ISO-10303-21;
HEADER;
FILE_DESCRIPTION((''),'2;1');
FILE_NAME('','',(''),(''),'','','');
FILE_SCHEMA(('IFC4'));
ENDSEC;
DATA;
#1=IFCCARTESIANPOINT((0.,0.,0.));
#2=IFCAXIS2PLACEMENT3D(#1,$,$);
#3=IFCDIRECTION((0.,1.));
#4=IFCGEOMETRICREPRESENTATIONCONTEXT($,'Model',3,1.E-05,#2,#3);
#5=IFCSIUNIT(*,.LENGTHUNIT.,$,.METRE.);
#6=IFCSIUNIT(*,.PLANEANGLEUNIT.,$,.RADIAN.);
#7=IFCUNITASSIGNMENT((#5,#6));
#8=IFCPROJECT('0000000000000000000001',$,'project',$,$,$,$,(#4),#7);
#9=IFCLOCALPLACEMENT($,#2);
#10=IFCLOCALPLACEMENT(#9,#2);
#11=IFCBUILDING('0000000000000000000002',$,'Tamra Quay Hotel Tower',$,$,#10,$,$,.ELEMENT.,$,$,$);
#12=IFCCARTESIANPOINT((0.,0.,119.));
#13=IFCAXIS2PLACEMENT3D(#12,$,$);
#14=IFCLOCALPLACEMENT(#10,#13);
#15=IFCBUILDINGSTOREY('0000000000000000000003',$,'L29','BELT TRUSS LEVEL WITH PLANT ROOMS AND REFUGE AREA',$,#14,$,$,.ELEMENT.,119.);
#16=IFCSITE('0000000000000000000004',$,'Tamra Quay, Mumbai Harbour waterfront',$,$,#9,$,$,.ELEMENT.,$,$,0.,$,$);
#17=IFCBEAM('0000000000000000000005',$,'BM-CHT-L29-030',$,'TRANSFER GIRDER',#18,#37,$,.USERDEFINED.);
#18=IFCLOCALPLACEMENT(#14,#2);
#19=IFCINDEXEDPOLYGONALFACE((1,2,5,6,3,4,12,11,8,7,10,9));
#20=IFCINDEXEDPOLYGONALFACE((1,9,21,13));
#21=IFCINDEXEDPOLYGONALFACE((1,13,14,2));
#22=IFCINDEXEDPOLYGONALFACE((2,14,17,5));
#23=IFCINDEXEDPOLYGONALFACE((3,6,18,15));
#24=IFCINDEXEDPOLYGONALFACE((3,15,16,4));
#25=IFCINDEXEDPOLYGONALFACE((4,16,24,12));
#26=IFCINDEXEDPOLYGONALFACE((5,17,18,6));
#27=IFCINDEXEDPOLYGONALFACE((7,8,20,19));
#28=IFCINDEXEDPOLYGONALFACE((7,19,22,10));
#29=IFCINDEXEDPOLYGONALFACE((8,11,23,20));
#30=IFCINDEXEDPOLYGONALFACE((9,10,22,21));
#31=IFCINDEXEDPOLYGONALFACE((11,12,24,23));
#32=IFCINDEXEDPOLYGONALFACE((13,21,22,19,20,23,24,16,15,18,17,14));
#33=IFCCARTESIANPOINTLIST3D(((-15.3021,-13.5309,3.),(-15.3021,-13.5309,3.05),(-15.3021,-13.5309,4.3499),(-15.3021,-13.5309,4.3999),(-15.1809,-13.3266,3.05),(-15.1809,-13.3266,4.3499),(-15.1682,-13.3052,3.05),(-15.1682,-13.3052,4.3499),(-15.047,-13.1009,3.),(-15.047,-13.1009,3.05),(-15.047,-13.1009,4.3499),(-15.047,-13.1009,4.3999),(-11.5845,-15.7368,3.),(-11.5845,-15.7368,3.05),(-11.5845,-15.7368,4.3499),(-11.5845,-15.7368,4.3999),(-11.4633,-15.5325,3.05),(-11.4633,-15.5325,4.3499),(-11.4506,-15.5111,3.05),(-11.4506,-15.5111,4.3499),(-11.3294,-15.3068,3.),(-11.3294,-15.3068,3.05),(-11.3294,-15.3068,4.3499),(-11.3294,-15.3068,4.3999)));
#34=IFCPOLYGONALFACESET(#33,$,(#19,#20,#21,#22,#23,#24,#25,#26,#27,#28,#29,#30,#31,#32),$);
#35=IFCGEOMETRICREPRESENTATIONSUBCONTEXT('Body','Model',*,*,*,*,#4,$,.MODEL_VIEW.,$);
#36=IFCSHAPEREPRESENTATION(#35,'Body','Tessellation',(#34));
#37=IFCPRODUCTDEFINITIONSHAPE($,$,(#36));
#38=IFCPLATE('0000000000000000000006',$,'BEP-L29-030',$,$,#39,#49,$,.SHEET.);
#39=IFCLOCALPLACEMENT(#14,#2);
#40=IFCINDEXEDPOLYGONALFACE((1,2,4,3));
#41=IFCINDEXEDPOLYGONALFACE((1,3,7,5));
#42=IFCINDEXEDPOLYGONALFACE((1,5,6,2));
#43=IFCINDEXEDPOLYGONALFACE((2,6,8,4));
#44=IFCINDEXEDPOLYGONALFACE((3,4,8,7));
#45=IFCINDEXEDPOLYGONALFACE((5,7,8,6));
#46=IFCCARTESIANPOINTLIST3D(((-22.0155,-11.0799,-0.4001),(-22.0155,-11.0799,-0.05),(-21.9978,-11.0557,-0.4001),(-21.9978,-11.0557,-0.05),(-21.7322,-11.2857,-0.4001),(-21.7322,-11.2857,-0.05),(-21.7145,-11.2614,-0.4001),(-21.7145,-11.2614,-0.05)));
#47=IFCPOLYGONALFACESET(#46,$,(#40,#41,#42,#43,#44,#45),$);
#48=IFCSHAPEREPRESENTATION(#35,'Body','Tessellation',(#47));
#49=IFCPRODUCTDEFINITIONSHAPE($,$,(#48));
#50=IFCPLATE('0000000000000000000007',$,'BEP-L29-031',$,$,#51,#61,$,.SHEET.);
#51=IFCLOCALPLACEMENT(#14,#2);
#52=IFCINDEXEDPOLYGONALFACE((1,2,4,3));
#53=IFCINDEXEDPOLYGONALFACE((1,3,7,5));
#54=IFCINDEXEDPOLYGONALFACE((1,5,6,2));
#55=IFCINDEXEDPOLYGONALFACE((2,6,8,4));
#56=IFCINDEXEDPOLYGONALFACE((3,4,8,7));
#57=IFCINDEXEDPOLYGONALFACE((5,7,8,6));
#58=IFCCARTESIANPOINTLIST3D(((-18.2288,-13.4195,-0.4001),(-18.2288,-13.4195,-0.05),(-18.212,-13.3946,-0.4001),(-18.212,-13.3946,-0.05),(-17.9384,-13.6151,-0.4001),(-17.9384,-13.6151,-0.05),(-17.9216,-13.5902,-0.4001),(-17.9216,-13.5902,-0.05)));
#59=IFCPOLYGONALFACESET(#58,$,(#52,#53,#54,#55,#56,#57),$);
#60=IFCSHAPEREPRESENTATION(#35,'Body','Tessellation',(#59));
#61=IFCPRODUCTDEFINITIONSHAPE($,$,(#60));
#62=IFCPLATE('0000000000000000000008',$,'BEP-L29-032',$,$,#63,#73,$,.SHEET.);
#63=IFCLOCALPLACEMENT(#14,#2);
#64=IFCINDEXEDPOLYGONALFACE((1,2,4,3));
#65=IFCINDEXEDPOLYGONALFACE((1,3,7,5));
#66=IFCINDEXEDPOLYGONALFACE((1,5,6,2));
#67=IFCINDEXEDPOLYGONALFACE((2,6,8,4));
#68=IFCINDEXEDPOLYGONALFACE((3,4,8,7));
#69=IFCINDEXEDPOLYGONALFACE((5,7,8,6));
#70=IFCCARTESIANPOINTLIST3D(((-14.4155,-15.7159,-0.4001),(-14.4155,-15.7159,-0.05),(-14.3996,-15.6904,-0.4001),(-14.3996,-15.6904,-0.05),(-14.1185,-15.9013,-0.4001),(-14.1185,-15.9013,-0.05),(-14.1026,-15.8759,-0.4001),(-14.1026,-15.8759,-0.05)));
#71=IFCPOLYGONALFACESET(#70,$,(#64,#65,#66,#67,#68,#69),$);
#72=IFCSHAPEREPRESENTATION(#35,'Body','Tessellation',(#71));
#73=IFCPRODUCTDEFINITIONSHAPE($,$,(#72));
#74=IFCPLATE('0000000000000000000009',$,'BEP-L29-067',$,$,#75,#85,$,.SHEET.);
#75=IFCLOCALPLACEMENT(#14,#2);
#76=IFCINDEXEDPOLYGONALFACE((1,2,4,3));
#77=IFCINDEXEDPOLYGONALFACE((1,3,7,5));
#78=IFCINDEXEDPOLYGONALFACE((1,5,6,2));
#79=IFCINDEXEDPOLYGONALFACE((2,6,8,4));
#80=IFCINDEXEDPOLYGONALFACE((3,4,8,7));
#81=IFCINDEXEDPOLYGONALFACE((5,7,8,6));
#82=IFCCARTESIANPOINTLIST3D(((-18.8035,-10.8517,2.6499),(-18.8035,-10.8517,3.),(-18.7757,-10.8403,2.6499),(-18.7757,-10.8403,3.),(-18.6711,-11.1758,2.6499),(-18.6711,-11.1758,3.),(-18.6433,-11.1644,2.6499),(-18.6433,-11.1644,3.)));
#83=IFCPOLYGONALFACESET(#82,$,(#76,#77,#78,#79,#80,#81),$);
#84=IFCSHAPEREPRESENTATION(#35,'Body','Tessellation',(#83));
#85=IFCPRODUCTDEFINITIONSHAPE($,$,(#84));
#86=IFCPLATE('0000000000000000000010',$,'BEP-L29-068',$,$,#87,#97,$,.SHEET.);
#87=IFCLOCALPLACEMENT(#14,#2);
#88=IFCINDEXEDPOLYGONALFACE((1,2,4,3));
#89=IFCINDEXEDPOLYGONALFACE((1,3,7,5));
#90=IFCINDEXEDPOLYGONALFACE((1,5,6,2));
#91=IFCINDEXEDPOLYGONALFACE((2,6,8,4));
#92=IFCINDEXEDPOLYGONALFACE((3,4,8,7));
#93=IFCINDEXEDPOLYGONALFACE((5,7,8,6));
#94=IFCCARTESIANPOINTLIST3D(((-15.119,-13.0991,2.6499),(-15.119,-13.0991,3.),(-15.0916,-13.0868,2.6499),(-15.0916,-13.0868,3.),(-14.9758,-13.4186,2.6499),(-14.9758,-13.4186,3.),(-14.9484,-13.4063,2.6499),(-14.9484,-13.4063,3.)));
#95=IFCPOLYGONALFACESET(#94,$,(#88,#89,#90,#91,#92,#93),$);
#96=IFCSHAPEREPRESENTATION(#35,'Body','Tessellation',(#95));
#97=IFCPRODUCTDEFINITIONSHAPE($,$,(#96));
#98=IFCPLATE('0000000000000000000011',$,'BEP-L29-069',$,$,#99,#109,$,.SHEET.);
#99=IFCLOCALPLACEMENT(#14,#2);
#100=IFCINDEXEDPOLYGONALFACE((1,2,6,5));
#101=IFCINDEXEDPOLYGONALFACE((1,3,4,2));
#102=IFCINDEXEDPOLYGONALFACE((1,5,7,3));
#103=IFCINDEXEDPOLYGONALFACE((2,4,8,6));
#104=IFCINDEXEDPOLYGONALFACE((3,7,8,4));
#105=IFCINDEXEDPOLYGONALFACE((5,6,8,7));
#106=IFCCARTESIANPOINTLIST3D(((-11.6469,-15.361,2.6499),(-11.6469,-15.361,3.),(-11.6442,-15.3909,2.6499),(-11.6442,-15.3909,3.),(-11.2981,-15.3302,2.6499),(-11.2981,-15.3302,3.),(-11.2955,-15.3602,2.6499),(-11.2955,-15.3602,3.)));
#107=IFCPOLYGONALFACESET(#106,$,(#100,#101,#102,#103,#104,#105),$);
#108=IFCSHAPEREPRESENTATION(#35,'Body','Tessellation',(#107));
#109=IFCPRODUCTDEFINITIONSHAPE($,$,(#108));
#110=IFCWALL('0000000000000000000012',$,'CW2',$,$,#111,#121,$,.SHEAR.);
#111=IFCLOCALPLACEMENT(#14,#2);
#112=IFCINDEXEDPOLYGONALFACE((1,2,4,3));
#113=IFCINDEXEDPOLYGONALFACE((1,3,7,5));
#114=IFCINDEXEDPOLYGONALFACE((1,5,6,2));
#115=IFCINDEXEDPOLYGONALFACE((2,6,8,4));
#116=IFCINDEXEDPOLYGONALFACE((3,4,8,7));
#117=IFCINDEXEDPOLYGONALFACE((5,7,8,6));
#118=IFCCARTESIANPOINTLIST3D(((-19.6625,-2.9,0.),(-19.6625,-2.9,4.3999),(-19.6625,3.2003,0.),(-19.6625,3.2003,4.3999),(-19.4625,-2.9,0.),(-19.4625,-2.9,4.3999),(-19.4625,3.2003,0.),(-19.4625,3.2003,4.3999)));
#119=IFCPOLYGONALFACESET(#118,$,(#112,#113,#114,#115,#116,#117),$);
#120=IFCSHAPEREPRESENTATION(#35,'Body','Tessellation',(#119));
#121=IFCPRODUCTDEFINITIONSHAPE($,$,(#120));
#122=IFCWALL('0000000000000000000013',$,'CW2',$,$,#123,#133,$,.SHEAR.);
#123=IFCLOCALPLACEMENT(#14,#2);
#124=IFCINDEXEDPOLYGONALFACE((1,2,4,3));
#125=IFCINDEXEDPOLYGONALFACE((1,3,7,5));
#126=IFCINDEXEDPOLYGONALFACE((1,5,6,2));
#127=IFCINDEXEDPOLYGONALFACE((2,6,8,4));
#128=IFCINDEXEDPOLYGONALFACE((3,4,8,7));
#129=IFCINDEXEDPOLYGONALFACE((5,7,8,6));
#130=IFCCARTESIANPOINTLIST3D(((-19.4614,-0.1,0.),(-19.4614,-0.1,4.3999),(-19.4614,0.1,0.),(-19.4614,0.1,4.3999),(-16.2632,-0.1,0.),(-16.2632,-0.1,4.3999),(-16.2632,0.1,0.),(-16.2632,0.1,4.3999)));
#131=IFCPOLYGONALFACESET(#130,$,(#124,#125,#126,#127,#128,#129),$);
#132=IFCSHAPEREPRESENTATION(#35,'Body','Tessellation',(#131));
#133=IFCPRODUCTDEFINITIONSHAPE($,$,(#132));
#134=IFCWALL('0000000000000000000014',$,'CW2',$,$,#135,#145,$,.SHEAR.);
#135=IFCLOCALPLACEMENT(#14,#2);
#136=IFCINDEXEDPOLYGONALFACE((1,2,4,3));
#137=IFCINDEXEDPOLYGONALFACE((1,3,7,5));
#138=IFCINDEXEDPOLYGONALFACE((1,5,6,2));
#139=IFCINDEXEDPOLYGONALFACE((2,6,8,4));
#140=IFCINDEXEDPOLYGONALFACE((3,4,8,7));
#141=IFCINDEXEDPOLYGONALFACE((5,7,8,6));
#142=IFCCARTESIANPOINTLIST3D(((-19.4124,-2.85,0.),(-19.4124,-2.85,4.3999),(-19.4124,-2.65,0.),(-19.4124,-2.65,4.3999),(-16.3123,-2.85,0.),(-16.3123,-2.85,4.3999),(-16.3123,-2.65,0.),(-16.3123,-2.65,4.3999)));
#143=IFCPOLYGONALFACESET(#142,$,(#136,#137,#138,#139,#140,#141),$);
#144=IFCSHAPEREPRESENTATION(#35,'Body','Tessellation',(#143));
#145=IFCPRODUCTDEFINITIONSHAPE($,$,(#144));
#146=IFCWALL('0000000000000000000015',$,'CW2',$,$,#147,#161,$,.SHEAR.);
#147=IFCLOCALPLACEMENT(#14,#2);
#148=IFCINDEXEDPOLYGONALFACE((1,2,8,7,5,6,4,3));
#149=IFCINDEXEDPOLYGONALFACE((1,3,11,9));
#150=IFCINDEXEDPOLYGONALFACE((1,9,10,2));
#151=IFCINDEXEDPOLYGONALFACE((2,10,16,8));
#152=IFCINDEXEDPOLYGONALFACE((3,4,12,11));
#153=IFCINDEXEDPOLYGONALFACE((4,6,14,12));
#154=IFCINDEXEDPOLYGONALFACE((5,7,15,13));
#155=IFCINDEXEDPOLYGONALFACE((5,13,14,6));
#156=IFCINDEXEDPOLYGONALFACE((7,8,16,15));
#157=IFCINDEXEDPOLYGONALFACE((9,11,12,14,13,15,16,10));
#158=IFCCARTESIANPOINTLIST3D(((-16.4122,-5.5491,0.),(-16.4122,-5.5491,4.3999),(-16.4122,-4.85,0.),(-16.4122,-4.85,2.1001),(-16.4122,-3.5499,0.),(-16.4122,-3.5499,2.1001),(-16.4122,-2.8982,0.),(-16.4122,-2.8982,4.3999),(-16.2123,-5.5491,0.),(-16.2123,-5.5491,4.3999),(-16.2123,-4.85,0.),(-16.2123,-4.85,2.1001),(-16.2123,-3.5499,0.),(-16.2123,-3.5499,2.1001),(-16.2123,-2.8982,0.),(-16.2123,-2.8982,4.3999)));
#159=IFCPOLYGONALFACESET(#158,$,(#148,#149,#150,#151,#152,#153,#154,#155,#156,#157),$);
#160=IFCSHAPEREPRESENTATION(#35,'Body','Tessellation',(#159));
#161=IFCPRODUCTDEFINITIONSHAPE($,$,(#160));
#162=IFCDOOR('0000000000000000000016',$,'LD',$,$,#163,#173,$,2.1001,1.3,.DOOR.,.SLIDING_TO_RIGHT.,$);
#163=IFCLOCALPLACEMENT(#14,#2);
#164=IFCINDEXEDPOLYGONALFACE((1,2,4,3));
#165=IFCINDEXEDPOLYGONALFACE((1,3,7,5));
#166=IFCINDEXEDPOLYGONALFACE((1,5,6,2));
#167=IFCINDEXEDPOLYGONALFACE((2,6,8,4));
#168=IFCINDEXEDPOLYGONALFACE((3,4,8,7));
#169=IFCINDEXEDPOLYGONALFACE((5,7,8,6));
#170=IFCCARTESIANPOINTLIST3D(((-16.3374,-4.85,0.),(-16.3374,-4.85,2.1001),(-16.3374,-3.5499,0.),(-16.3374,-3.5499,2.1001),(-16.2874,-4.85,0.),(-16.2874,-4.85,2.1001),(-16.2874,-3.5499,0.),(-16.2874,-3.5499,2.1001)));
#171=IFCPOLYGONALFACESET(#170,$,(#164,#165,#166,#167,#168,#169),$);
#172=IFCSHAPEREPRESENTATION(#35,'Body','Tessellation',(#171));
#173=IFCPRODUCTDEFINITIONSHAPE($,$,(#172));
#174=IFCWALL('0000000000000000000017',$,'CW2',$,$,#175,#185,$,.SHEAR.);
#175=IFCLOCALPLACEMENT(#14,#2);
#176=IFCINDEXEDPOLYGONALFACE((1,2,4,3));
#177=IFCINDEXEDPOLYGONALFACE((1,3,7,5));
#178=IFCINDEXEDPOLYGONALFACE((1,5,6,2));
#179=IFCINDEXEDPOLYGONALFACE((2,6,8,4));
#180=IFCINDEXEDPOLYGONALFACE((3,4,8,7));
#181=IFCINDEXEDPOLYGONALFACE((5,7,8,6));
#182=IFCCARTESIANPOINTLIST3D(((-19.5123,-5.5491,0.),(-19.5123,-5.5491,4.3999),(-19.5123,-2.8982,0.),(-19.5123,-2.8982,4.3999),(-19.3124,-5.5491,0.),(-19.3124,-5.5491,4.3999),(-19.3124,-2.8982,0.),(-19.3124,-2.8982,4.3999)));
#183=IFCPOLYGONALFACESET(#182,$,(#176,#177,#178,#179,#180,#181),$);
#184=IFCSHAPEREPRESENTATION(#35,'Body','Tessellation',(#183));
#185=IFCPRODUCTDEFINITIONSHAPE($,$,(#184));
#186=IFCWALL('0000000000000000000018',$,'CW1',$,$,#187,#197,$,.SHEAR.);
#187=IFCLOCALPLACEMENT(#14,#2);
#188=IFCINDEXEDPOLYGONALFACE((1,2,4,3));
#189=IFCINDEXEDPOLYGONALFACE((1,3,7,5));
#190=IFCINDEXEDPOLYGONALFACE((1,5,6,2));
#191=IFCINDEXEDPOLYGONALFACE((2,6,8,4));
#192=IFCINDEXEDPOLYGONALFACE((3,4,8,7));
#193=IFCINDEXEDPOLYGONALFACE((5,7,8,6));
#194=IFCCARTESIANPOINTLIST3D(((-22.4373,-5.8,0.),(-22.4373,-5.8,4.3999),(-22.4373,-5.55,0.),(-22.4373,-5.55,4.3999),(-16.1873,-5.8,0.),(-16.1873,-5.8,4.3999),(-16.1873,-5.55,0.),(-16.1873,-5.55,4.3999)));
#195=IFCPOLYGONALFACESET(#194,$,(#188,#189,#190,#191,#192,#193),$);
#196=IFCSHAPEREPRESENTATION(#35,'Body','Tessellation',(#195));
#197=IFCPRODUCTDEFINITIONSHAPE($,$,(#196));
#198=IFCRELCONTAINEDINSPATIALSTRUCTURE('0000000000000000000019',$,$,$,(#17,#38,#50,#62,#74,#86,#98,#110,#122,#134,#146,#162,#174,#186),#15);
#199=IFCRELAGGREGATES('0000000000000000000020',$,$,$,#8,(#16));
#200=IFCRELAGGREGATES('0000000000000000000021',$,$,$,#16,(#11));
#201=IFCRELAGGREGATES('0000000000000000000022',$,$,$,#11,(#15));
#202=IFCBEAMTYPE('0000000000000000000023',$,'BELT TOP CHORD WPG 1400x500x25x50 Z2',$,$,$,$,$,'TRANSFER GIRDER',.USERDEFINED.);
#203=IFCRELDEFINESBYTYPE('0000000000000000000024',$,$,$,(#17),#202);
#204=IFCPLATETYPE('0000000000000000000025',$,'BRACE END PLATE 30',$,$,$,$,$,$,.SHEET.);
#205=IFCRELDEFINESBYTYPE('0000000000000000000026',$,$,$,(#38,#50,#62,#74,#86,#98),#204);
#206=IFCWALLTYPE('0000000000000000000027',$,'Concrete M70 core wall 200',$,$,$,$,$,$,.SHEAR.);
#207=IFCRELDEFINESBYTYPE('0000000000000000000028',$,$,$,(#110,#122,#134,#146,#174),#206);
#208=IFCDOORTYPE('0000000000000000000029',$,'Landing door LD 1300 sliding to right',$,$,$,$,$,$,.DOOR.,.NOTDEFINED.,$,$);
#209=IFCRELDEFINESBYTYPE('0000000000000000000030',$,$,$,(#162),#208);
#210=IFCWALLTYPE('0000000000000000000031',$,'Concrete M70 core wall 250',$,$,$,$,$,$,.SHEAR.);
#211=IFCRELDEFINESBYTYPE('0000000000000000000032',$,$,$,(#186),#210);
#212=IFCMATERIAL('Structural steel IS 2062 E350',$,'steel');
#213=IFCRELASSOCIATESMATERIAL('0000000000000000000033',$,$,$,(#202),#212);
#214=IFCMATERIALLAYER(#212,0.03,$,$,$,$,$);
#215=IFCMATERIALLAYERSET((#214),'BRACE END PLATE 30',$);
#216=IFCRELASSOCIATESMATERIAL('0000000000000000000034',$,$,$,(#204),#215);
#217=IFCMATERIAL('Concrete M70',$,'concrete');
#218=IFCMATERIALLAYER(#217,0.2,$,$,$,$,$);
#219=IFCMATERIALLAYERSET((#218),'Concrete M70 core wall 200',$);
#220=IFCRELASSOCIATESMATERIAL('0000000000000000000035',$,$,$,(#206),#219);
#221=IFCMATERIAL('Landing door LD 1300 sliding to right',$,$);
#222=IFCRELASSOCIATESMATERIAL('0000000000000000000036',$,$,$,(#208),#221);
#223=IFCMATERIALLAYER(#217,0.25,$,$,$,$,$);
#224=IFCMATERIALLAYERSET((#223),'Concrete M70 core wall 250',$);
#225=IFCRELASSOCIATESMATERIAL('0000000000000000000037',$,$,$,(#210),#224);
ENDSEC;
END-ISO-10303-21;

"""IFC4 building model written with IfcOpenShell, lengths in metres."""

from ifc_helpers import new_model, si_unit, direction, frame, frame_2d, origin, origin_2d, place, context, subcontext, project, spatial, rectangle, i_section, extrude, material, layer, layer_set, material_profile, profile_set, type_object, element, fill, save


model = new_model("IFC4")

# Units and contexts
model_context = context("Model", 3, precision=1e-05, world=origin(), true_north=direction((0.0, 1.0)))
body_context = subcontext(model_context, "Body", "Model", "MODEL_VIEW")
ifc_project = project(units=[si_unit("LENGTHUNIT", "METRE"), si_unit("PLANEANGLEUNIT", "RADIAN")], contexts=[model_context])

# Site, building, storey
site_placement = place(None, origin())
site = spatial("IfcSite", under=ifc_project, at=site_placement, Name="Tamra Quay, Mumbai Harbour waterfront", CompositionType="ELEMENT", RefElevation=0.0)
building_placement = place(site_placement, origin())
building = spatial("IfcBuilding", under=site, at=building_placement, Name="Tamra Quay Hotel Tower", CompositionType="ELEMENT")
storey_placement = place(building_placement, frame((0.0, 0.0, 119.0)))
storey = spatial("IfcBuildingStorey", under=building, at=storey_placement, Name="L29", Description="BELT TRUSS LEVEL WITH PLANT ROOMS AND REFUGE AREA", CompositionType="ELEMENT", Elevation=119.0)

# Shared definitions
ifc_material_1 = material(Name="Structural steel IS 2062 E350", Category="steel")

# Beam
ifc_material_profile_1 = material_profile(ifc_material_1, i_section(OverallWidth=0.5, OverallDepth=1.3999, WebThickness=0.0249, FlangeThickness=0.05, at=origin_2d()), Name="WPG 1400x500x25x50")
ifc_profile_set_1 = profile_set([ifc_material_profile_1], Name="Structural steel IS 2062 E350")
beam_type_1 = type_object("IfcBeamType", Name="BELT TOP CHORD WPG 1400x500x25x50 Z2", ElementType="TRANSFER GIRDER", PredefinedType="USERDEFINED", material=ifc_profile_set_1)
beam_1_placement = place(storey_placement, frame((-15.1746, -13.3159, 3.7), z_axis=(0.860004, -0.510287, 0.0), x_axis=(0.510287, 0.860004, 0.0)))
element("IfcBeam", 1, at=beam_1_placement, inside=storey, type_object=beam_type_1, Name="BM-CHT-L29-030", ObjectType="TRANSFER GIRDER", PredefinedType="USERDEFINED", context=body_context, shape_type="SweptSolid", body=[
    extrude(i_section(OverallWidth=0.5, OverallDepth=1.3999, WebThickness=0.0249, FlangeThickness=0.05, at=origin_2d()), origin(), (0.0, 0.0, 1.0), 4.3228),
])

# Plates
ifc_layer_1 = layer(ifc_material_1, 0.03)
ifc_layer_set_1 = layer_set([ifc_layer_1], Name="BRACE END PLATE 30")
plate_type = type_object("IfcPlateType", Name="BRACE END PLATE 30", PredefinedType="SHEET", material=ifc_layer_set_1)
for number, where, z_axis, x_axis, name in (
    (2, (-21.865, -11.1707, -0.4001), (0.0, 0.0, 1.0), (0.587576, 0.809169, 0.0), "BEP-L29-030"),
    (3, (-18.0752, -13.5049, -0.4001), (0.0, 0.0, 1.0), (0.558776, 0.829319, 0.0), "BEP-L29-031"),
    (4, (-14.259, -15.7959, -0.4001), (0.0, 0.0, 1.0), (0.529642, 0.848221, 0.0), "BEP-L29-032"),
    (5, (-18.7234, -11.0081, 2.6499), (0.0, 0.0, 1.0), (0.925809, 0.377991, 0.0), "BEP-L29-067"),
    (6, (-15.0337, -13.2527, 2.6499), (0.0, 0.0, 1.0), (0.912567, 0.408926, 0.0), "BEP-L29-068"),
    (7, (-11.4712, -15.3606, 2.6499), (0.0, 0.0, 1.0), (-0.087935, 0.996126, 0.0), "BEP-L29-069"),
):
    element("IfcPlate", number, at=place(storey_placement, frame(where, z_axis=z_axis, x_axis=x_axis)), inside=storey, type_object=plate_type, Name=name, PredefinedType="SHEET", context=body_context, shape_type="SweptSolid", body=[
        extrude(rectangle(XDim=0.03, YDim=0.3501, at=origin_2d()), origin(), (0.0, 0.0, 1.0), 0.3501),
    ])

# Walls
ifc_material_2 = material(Name="Concrete M70", Category="concrete")
ifc_layer_2 = layer(ifc_material_2, 0.2)
ifc_layer_set_2 = layer_set([ifc_layer_2], Name="Concrete M70 core wall 200")
wall_type_1 = type_object("IfcWallType", Name="Concrete M70 core wall 200", PredefinedType="SHEAR", material=ifc_layer_set_2)
wall_1_placement = place(storey_placement, frame((-19.5625, -2.9001, 0.0), z_axis=(0.0, 0.0, 1.0), x_axis=(0.0, 1.0, 0.0)))
element("IfcWall", 8, at=wall_1_placement, inside=storey, type_object=wall_type_1, Name="CW2", PredefinedType="SHEAR", context=body_context, shape_type="SweptSolid", body=[
    extrude(rectangle(XDim=6.1003, YDim=0.2, at=frame_2d((3.0503, 0.0))), origin(), (0.0, 0.0, 1.0), 4.3999),
])
wall_2_placement = place(storey_placement, frame((-16.2632, 0.0, 0.0), z_axis=(0.0, 0.0, 1.0), x_axis=(-1.0, 0.0, 0.0)))
element("IfcWall", 9, at=wall_2_placement, inside=storey, type_object=wall_type_1, Name="CW2", PredefinedType="SHEAR", context=body_context, shape_type="SweptSolid", body=[
    extrude(rectangle(XDim=3.1982, YDim=0.2, at=frame_2d((1.5991, 0.0))), origin(), (0.0, 0.0, 1.0), 4.3999),
])
wall_3_placement = place(storey_placement, frame((-19.4124, -2.75, 0.0), z_axis=(0.0, 0.0, 1.0), x_axis=(1.0, 0.0, 0.0)))
element("IfcWall", 10, at=wall_3_placement, inside=storey, type_object=wall_type_1, Name="CW2", PredefinedType="SHEAR", context=body_context, shape_type="SweptSolid", body=[
    extrude(rectangle(XDim=3.1001, YDim=0.2, at=frame_2d((1.55, 0.0))), origin(), (0.0, 0.0, 1.0), 4.3999),
])

# Wall, opening, door
wall_4_placement = place(storey_placement, frame((-16.3123, -2.8982, 0.0), z_axis=(0.0, 0.0, 1.0), x_axis=(0.0, -1.0, 0.0)))
wall_4 = element("IfcWall", 11, at=wall_4_placement, inside=storey, type_object=wall_type_1, Name="CW2", PredefinedType="SHEAR", context=body_context, shape_type="SweptSolid", body=[
    extrude(rectangle(XDim=2.6509, YDim=0.2, at=frame_2d((1.3254, 0.0))), origin(), (0.0, 0.0, 1.0), 4.3999),
])
opening_placement = place(wall_4_placement, frame((0.6519, 0.0, 0.0)))
opening = element("IfcOpeningElement", 12, at=opening_placement, cuts=wall_4, PredefinedType="OPENING", context=body_context, shape_type="SweptSolid", body=[
    extrude(rectangle(XDim=1.3, YDim=2.1001, at=frame_2d((0.6499, 1.05))), frame((0.0, 0.1099, 0.0), z_axis=(0.0, -1.0, 0.0), x_axis=(1.0, 0.0, 0.0)), (0.0, 0.0, 1.0), 0.22),
])
ifc_material_3 = material(Name="Landing door LD 1300 sliding to right")
door_type = type_object("IfcDoorType", Name="Landing door LD 1300 sliding to right", OperationType="NOTDEFINED", PredefinedType="DOOR", material=ifc_material_3)
door_placement = place(opening_placement, origin())
door = element("IfcDoor", 13, at=door_placement, inside=storey, type_object=door_type, Name="LD", OperationType="SLIDING_TO_RIGHT", OverallHeight=2.1001, OverallWidth=1.3, PredefinedType="DOOR", context=body_context, shape_type="SweptSolid", body=[
    extrude(rectangle(XDim=1.3, YDim=2.1001, at=frame_2d((0.6499, 1.05))), frame((0.0, 0.0249, 0.0), z_axis=(0.0, -1.0, 0.0), x_axis=(1.0, 0.0, 0.0)), (0.0, 0.0, 1.0), 0.05),
])
fill(opening, door)

# Walls
wall_5_placement = place(storey_placement, frame((-19.4124, -5.5491, 0.0), z_axis=(0.0, 0.0, 1.0), x_axis=(0.0, 1.0, 0.0)))
element("IfcWall", 14, at=wall_5_placement, inside=storey, type_object=wall_type_1, Name="CW2", PredefinedType="SHEAR", context=body_context, shape_type="SweptSolid", body=[
    extrude(rectangle(XDim=2.6509, YDim=0.2, at=frame_2d((1.3254, 0.0))), origin(), (0.0, 0.0, 1.0), 4.3999),
])
ifc_layer_3 = layer(ifc_material_2, 0.25)
ifc_layer_set_3 = layer_set([ifc_layer_3], Name="Concrete M70 core wall 250")
wall_type_2 = type_object("IfcWallType", Name="Concrete M70 core wall 250", PredefinedType="SHEAR", material=ifc_layer_set_3)
wall_6_placement = place(storey_placement, frame((-16.1873, -5.675, 0.0), z_axis=(0.0, 0.0, 1.0), x_axis=(-1.0, 0.0, 0.0)))
element("IfcWall", 15, at=wall_6_placement, inside=storey, type_object=wall_type_2, Name="CW1", PredefinedType="SHEAR", context=body_context, shape_type="SweptSolid", body=[
    extrude(rectangle(XDim=6.25, YDim=0.25, at=frame_2d((3.125, 0.0))), origin(), (0.0, 0.0, 1.0), 4.3999),
])

save(model, "model.ifc")
